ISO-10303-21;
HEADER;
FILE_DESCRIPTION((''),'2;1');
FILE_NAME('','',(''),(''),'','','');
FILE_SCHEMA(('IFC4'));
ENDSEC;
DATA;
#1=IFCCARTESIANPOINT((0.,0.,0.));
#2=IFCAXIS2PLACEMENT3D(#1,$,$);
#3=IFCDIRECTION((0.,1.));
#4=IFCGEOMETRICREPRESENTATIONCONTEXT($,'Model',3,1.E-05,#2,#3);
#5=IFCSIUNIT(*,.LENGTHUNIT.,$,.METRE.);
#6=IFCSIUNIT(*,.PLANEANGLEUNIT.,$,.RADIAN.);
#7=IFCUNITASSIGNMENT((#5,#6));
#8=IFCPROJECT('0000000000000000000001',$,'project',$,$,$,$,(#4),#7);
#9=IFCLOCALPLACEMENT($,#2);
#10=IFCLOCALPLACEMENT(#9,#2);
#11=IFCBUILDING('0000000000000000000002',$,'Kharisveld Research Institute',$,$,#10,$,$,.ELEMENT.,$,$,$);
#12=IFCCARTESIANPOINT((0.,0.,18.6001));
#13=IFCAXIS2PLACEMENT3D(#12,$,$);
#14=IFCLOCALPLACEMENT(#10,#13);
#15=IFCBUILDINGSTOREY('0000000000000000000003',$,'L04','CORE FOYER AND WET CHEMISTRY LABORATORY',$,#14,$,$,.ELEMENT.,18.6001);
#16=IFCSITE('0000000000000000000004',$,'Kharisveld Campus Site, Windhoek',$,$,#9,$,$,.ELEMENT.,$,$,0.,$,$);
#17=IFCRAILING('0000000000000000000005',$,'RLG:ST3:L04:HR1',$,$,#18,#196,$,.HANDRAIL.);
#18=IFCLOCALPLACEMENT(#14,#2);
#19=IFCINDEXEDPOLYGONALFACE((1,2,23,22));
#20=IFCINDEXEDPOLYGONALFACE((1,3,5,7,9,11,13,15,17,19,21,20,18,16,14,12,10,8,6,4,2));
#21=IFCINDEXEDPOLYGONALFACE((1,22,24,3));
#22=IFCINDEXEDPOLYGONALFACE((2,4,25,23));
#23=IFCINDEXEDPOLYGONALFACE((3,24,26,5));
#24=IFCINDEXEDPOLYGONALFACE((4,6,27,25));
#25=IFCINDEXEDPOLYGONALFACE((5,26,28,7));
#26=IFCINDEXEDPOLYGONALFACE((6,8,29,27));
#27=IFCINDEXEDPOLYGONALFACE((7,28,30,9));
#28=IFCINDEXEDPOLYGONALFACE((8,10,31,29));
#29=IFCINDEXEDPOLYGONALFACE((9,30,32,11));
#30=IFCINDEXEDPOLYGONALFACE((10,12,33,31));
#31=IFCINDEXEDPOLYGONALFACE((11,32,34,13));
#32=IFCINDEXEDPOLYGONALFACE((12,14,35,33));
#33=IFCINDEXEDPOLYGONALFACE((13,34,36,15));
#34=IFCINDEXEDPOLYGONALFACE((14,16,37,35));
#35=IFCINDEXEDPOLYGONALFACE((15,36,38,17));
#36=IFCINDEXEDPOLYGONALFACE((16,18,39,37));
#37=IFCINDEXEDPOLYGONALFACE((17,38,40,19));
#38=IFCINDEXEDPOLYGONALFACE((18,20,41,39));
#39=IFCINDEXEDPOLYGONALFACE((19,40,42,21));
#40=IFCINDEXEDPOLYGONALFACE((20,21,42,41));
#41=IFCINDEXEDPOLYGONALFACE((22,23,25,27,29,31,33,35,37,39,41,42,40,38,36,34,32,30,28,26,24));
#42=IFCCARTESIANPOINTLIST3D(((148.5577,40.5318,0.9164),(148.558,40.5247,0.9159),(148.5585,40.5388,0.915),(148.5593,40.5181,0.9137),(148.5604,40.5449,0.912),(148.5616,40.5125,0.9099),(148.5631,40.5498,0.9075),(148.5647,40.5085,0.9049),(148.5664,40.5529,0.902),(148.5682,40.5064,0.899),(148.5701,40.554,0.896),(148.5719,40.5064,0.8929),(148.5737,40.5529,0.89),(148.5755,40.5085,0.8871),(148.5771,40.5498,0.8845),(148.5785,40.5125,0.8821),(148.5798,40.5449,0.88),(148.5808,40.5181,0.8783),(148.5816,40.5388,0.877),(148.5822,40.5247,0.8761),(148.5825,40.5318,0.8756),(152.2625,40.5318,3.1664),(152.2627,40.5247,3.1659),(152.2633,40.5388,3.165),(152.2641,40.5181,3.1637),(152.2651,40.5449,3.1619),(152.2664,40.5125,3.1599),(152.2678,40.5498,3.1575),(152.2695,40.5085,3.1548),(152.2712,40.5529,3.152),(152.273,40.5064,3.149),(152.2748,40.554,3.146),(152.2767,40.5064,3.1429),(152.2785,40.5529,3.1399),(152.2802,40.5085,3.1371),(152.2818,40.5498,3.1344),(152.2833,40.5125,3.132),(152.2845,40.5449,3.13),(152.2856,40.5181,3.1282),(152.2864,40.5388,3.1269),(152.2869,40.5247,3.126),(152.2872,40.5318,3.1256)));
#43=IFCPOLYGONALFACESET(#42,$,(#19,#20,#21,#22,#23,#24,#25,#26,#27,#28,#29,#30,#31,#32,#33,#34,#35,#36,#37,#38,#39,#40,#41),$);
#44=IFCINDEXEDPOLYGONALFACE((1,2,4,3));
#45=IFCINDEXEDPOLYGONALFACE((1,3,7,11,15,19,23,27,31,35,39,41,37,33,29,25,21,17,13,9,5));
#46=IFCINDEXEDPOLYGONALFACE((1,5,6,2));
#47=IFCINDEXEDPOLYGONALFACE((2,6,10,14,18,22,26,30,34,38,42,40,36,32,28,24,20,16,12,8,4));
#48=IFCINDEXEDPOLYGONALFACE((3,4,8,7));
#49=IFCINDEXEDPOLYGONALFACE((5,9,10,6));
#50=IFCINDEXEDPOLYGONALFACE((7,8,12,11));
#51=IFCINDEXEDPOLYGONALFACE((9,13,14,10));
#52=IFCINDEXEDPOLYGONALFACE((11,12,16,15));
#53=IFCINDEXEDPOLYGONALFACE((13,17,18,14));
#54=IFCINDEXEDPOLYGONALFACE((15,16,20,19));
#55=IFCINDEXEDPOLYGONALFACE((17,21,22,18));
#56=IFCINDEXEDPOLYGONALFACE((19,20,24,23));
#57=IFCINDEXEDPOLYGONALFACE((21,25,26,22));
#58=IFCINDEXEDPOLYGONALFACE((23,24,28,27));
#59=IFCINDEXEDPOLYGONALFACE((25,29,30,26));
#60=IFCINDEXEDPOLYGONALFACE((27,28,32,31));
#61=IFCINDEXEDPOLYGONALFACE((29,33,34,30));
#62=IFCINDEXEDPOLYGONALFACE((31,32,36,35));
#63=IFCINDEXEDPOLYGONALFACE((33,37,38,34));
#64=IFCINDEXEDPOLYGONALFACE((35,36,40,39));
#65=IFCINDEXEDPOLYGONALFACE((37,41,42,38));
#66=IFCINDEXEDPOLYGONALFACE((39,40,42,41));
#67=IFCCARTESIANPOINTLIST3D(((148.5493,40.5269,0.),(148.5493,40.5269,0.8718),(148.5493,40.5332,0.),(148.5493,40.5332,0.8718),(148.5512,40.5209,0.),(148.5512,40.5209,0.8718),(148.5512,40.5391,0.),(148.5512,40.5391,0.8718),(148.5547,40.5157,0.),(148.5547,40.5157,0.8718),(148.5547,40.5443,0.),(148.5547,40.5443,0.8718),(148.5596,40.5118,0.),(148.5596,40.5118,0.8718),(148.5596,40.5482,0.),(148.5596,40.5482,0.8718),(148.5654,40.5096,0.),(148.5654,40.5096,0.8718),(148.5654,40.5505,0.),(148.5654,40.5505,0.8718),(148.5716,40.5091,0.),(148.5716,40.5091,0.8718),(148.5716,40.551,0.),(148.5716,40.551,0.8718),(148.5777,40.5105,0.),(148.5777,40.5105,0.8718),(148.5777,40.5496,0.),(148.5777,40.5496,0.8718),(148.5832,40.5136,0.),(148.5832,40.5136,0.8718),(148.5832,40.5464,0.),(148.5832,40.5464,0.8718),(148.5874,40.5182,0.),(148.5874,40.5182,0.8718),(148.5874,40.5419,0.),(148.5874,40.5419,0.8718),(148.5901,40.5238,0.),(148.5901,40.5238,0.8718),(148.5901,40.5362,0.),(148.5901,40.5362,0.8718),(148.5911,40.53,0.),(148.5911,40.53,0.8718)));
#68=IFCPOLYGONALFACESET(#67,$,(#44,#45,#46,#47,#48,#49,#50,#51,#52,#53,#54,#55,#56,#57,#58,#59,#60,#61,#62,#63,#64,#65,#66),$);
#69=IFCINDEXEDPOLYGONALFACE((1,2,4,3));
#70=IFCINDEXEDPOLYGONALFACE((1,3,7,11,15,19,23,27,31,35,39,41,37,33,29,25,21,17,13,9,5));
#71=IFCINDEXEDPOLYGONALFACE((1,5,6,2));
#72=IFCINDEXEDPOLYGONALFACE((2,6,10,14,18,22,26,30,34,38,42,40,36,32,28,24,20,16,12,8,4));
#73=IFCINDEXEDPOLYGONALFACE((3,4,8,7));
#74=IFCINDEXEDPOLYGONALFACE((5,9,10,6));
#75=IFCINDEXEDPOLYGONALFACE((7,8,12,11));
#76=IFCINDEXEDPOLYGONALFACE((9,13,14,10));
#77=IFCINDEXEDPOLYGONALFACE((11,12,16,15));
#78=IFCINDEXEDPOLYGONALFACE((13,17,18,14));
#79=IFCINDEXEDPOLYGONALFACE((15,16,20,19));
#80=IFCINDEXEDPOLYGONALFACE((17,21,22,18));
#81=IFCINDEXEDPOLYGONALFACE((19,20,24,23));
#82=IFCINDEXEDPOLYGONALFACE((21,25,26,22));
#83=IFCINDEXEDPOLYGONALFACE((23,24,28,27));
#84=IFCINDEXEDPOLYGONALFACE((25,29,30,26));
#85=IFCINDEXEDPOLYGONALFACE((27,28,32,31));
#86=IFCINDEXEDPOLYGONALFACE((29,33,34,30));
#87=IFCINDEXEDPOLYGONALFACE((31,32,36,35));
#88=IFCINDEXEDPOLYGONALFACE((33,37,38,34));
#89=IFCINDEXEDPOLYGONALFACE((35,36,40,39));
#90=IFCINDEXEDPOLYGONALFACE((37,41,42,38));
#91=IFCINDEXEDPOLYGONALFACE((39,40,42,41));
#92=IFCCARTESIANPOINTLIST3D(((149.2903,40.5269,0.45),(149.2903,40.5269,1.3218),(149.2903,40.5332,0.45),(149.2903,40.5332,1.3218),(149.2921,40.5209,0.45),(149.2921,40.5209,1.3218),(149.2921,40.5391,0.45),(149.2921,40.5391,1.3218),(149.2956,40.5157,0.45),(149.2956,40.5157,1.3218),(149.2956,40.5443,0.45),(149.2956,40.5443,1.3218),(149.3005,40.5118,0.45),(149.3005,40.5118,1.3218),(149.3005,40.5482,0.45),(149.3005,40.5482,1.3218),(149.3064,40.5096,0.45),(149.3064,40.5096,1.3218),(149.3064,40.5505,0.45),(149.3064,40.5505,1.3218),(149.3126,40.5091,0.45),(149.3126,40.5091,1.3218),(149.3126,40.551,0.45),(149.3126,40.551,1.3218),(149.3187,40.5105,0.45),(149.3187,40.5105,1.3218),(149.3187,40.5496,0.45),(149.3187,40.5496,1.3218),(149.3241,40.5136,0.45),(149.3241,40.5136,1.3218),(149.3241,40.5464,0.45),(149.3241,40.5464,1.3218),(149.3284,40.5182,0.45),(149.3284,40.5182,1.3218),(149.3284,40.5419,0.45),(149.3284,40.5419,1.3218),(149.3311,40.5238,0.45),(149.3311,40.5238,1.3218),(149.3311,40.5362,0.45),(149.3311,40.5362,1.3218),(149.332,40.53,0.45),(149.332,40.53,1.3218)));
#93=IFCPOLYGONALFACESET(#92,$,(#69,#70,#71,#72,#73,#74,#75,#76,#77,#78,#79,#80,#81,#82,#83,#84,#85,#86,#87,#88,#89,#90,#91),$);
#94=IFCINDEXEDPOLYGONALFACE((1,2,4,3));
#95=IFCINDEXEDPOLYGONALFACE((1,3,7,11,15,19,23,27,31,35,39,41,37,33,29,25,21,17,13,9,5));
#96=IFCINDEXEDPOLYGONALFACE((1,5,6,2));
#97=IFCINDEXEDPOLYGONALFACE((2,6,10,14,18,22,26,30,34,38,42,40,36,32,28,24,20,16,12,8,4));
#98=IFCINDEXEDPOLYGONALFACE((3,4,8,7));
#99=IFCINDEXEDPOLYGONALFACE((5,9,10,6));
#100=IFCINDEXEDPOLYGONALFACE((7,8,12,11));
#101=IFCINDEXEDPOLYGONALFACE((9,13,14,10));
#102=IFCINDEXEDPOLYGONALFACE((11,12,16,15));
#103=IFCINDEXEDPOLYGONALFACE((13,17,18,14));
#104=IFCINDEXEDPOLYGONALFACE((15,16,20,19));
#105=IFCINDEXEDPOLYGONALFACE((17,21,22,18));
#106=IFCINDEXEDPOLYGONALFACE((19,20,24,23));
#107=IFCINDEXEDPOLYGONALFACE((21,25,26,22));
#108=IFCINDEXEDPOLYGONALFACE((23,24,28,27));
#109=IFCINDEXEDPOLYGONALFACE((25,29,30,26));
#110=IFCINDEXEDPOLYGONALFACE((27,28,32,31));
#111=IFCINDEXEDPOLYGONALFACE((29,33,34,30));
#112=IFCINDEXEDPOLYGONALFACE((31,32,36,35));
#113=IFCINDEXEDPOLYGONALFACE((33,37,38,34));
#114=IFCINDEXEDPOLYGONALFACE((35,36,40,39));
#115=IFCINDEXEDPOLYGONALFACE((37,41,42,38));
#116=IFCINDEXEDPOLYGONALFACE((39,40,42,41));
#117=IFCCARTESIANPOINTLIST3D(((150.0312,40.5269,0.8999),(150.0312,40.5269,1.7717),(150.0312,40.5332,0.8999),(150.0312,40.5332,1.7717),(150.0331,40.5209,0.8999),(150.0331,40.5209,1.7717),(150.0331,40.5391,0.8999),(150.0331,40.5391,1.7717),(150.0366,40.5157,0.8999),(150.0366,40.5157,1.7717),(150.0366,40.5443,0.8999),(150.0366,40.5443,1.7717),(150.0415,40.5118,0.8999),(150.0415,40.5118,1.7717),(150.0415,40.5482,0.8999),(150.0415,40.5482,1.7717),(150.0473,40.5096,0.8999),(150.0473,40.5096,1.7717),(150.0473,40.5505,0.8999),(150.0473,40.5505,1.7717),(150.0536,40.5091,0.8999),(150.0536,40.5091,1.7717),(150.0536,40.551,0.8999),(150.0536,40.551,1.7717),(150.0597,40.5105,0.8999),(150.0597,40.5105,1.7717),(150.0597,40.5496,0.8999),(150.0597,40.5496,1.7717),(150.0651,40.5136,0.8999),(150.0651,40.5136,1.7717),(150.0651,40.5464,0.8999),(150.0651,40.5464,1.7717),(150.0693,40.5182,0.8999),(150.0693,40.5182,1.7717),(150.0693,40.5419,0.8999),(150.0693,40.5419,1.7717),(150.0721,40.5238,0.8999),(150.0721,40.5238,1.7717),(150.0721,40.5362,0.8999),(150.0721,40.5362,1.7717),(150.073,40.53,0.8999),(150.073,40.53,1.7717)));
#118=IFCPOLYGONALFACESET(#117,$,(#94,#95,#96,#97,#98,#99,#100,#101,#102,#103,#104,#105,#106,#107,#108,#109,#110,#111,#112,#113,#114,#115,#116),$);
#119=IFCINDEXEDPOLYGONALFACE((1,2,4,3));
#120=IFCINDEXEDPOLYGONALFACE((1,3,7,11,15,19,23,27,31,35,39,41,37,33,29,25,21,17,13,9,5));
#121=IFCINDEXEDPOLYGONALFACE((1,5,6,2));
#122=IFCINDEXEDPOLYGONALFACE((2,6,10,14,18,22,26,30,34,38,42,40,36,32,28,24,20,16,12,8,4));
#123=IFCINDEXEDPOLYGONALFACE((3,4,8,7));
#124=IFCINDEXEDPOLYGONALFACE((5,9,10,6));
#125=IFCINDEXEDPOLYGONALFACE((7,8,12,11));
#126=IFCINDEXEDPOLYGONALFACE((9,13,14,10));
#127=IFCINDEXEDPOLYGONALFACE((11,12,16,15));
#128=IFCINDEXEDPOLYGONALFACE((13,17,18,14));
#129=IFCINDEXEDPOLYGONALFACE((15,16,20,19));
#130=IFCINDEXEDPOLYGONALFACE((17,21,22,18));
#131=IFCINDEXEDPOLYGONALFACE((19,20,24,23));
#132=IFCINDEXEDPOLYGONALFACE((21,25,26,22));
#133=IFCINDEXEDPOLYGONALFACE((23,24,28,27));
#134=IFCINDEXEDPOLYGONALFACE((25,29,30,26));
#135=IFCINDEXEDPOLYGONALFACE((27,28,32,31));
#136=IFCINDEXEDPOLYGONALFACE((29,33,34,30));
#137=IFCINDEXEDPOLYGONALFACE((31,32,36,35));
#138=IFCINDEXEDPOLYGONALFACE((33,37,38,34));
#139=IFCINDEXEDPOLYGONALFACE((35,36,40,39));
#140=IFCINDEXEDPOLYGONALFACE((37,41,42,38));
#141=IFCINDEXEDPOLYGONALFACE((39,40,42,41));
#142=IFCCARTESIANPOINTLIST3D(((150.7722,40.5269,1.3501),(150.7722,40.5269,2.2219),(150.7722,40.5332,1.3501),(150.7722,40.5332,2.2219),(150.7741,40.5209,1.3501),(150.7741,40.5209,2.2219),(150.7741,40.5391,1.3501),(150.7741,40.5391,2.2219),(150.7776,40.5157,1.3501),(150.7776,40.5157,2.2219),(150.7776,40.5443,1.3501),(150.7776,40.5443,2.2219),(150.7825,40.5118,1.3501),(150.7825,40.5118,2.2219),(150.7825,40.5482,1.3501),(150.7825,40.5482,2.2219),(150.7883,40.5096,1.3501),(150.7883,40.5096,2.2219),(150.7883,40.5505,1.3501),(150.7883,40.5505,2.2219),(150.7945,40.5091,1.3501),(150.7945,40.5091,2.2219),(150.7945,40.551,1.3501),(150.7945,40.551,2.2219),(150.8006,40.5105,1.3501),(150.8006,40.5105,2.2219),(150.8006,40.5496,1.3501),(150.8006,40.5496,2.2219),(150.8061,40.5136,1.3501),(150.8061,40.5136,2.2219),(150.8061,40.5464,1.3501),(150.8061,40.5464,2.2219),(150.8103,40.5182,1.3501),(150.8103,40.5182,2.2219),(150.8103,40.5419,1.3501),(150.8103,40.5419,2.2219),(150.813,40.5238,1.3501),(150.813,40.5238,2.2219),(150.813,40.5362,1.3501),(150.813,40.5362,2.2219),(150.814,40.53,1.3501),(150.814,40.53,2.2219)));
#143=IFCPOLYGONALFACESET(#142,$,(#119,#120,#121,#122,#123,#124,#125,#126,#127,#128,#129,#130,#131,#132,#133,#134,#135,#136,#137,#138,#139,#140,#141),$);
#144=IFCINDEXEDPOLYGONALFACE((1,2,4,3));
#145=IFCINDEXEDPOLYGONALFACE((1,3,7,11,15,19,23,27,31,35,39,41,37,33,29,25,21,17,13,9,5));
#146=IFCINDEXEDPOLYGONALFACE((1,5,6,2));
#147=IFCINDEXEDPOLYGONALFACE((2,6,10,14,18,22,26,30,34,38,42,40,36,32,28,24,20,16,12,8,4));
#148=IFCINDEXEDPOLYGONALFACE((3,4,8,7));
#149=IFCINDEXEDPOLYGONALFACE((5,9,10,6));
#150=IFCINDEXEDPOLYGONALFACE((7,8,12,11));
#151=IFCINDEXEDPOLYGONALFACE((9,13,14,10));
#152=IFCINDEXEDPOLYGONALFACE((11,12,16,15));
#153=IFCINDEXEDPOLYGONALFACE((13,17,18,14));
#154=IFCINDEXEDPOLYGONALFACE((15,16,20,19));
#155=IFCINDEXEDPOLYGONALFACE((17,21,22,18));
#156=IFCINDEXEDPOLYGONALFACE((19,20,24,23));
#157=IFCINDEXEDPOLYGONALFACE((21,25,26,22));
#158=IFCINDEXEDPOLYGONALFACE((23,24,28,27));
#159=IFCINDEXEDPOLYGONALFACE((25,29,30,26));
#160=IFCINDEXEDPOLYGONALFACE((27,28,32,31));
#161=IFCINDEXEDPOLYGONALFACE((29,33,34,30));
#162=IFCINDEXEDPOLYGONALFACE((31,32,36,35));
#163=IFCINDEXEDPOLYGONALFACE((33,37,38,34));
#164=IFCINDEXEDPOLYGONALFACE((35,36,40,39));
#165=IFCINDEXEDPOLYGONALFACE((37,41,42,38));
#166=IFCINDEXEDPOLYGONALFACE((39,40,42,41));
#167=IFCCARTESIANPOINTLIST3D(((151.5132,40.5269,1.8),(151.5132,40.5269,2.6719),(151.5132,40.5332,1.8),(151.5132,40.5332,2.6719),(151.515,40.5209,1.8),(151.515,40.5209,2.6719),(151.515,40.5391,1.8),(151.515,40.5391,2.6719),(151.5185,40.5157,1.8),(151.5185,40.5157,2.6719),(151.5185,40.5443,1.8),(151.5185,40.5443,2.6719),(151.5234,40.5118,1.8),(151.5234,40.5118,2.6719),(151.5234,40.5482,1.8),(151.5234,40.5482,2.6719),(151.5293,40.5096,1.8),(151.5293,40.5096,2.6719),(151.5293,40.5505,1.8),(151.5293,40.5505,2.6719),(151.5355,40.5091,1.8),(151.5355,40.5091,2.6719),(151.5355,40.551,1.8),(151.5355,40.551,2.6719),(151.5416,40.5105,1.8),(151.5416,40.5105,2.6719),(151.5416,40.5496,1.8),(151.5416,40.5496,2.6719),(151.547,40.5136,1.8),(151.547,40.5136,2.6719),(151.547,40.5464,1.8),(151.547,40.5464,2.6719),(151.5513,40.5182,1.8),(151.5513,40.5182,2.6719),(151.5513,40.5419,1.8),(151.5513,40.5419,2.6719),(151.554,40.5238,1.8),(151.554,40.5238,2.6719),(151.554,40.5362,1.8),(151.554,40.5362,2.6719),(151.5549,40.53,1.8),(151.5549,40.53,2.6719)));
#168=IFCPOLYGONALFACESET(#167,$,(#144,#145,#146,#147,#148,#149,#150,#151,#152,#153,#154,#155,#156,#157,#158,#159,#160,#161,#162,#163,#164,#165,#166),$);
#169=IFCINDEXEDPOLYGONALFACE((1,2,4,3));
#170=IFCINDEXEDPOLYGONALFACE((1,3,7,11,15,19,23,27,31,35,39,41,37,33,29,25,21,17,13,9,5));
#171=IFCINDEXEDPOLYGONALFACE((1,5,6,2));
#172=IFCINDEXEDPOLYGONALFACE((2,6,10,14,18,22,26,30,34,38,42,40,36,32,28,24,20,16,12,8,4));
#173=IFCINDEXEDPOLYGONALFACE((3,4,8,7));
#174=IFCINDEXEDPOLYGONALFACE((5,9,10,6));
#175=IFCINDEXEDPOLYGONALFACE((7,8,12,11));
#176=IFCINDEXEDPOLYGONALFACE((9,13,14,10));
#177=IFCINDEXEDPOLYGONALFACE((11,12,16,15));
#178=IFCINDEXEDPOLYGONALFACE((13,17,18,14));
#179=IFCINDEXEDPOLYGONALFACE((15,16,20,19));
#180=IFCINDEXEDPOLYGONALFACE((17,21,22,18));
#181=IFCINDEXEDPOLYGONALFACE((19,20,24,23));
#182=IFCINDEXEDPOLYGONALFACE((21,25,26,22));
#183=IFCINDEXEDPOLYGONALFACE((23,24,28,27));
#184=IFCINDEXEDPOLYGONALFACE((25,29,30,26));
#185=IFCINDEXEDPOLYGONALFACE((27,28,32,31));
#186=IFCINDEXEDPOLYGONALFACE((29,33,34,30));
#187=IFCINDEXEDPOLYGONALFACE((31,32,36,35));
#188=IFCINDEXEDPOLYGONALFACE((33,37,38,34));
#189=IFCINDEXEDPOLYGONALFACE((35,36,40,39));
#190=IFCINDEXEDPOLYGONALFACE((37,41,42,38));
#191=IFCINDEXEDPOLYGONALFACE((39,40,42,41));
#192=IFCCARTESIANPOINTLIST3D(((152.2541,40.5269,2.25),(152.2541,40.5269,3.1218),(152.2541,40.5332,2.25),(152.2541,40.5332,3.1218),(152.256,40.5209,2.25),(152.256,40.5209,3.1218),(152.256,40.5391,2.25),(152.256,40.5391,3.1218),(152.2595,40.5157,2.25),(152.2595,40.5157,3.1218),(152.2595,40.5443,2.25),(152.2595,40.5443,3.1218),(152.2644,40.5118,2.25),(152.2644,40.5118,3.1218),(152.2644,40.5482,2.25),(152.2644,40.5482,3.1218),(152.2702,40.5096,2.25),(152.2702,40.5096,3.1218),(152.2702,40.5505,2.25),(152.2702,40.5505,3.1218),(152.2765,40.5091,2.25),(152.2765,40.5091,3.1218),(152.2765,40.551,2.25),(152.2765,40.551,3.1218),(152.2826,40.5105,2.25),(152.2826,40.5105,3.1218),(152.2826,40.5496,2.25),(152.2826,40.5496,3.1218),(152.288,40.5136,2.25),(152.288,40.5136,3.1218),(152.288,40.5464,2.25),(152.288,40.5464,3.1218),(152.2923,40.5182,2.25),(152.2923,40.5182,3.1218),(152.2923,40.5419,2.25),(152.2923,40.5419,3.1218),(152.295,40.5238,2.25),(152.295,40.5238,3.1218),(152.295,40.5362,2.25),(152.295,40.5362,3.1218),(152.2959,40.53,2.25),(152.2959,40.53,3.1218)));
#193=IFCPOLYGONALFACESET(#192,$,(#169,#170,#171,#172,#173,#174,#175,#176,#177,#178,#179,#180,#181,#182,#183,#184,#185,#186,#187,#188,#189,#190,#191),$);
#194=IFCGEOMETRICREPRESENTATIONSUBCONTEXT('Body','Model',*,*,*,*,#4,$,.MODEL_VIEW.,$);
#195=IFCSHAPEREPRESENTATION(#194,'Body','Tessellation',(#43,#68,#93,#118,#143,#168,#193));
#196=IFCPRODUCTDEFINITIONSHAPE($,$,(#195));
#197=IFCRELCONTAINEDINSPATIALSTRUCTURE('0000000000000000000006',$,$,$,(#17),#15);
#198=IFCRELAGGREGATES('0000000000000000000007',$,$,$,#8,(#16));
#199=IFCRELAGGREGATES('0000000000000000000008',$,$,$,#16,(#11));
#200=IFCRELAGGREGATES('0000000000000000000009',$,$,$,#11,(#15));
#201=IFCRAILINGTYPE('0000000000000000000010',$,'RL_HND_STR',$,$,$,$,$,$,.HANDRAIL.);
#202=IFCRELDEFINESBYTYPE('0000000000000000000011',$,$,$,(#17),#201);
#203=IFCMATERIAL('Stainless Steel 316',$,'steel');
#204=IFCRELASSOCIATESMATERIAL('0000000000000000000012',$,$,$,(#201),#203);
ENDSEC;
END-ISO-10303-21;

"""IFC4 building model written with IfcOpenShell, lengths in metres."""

from ifc_helpers import new_model, si_unit, direction, frame, origin, origin_2d, place, context, subcontext, project, spatial, circle, extrude, material, type_object, element, save


model = new_model("IFC4")

# Units and contexts
model_context = context("Model", 3, precision=1e-05, world=origin(), true_north=direction((0.0, 1.0)))
body_context = subcontext(model_context, "Body", "Model", "MODEL_VIEW")
ifc_project = project(units=[si_unit("LENGTHUNIT", "METRE"), si_unit("PLANEANGLEUNIT", "RADIAN")], contexts=[model_context])

# Site, building, storey
site_placement = place(None, origin())
site = spatial("IfcSite", under=ifc_project, at=site_placement, Name="Kharisveld Campus Site, Windhoek", CompositionType="ELEMENT", RefElevation=0.0)
building_placement = place(site_placement, origin())
building = spatial("IfcBuilding", under=site, at=building_placement, Name="Kharisveld Research Institute", CompositionType="ELEMENT")
storey_placement = place(building_placement, frame((0.0, 0.0, 18.6001)))
storey = spatial("IfcBuildingStorey", under=building, at=storey_placement, Name="L04", Description="CORE FOYER AND WET CHEMISTRY LABORATORY", CompositionType="ELEMENT", Elevation=18.6001)

# Railing
ifc_material_1 = material(Name="Stainless Steel 316", Category="steel")
railing_type_1 = type_object("IfcRailingType", Name="RL_HND_STR", PredefinedType="HANDRAIL", material=ifc_material_1)
railing_1_placement = place(storey_placement, frame((148.5701, 40.53, 0.0)))
element("IfcRailing", 1, at=railing_1_placement, inside=storey, type_object=railing_type_1, Name="RLG:ST3:L04:HR1", PredefinedType="HANDRAIL", context=body_context, shape_type="SweptSolid", body=[
    extrude(circle(Radius=0.0239, at=origin_2d()), frame((0.0, 0.0, 0.896), z_axis=(0.854722, 0.0, 0.519085), x_axis=(0.0, 1.0, 0.0)), (0.0, 0.0, 1.0), 4.3345),
    extrude(circle(Radius=0.021, at=origin_2d()), origin(), (0.0, 0.0, 1.0), 0.8718),
    extrude(circle(Radius=0.021, at=origin_2d()), frame((0.741, 0.0, 0.45)), (0.0, 0.0, 1.0), 0.8718),
    extrude(circle(Radius=0.021, at=origin_2d()), frame((1.4819, 0.0, 0.8999)), (0.0, 0.0, 1.0), 0.8718),
    extrude(circle(Radius=0.021, at=origin_2d()), frame((2.2229, 0.0, 1.3501)), (0.0, 0.0, 1.0), 0.8718),
    extrude(circle(Radius=0.021, at=origin_2d()), frame((2.9639, 0.0, 1.8)), (0.0, 0.0, 1.0), 0.8718),
    extrude(circle(Radius=0.021, at=origin_2d()), frame((3.7048, 0.0, 2.25)), (0.0, 0.0, 1.0), 0.8718),
])

save(model, "model.ifc")
